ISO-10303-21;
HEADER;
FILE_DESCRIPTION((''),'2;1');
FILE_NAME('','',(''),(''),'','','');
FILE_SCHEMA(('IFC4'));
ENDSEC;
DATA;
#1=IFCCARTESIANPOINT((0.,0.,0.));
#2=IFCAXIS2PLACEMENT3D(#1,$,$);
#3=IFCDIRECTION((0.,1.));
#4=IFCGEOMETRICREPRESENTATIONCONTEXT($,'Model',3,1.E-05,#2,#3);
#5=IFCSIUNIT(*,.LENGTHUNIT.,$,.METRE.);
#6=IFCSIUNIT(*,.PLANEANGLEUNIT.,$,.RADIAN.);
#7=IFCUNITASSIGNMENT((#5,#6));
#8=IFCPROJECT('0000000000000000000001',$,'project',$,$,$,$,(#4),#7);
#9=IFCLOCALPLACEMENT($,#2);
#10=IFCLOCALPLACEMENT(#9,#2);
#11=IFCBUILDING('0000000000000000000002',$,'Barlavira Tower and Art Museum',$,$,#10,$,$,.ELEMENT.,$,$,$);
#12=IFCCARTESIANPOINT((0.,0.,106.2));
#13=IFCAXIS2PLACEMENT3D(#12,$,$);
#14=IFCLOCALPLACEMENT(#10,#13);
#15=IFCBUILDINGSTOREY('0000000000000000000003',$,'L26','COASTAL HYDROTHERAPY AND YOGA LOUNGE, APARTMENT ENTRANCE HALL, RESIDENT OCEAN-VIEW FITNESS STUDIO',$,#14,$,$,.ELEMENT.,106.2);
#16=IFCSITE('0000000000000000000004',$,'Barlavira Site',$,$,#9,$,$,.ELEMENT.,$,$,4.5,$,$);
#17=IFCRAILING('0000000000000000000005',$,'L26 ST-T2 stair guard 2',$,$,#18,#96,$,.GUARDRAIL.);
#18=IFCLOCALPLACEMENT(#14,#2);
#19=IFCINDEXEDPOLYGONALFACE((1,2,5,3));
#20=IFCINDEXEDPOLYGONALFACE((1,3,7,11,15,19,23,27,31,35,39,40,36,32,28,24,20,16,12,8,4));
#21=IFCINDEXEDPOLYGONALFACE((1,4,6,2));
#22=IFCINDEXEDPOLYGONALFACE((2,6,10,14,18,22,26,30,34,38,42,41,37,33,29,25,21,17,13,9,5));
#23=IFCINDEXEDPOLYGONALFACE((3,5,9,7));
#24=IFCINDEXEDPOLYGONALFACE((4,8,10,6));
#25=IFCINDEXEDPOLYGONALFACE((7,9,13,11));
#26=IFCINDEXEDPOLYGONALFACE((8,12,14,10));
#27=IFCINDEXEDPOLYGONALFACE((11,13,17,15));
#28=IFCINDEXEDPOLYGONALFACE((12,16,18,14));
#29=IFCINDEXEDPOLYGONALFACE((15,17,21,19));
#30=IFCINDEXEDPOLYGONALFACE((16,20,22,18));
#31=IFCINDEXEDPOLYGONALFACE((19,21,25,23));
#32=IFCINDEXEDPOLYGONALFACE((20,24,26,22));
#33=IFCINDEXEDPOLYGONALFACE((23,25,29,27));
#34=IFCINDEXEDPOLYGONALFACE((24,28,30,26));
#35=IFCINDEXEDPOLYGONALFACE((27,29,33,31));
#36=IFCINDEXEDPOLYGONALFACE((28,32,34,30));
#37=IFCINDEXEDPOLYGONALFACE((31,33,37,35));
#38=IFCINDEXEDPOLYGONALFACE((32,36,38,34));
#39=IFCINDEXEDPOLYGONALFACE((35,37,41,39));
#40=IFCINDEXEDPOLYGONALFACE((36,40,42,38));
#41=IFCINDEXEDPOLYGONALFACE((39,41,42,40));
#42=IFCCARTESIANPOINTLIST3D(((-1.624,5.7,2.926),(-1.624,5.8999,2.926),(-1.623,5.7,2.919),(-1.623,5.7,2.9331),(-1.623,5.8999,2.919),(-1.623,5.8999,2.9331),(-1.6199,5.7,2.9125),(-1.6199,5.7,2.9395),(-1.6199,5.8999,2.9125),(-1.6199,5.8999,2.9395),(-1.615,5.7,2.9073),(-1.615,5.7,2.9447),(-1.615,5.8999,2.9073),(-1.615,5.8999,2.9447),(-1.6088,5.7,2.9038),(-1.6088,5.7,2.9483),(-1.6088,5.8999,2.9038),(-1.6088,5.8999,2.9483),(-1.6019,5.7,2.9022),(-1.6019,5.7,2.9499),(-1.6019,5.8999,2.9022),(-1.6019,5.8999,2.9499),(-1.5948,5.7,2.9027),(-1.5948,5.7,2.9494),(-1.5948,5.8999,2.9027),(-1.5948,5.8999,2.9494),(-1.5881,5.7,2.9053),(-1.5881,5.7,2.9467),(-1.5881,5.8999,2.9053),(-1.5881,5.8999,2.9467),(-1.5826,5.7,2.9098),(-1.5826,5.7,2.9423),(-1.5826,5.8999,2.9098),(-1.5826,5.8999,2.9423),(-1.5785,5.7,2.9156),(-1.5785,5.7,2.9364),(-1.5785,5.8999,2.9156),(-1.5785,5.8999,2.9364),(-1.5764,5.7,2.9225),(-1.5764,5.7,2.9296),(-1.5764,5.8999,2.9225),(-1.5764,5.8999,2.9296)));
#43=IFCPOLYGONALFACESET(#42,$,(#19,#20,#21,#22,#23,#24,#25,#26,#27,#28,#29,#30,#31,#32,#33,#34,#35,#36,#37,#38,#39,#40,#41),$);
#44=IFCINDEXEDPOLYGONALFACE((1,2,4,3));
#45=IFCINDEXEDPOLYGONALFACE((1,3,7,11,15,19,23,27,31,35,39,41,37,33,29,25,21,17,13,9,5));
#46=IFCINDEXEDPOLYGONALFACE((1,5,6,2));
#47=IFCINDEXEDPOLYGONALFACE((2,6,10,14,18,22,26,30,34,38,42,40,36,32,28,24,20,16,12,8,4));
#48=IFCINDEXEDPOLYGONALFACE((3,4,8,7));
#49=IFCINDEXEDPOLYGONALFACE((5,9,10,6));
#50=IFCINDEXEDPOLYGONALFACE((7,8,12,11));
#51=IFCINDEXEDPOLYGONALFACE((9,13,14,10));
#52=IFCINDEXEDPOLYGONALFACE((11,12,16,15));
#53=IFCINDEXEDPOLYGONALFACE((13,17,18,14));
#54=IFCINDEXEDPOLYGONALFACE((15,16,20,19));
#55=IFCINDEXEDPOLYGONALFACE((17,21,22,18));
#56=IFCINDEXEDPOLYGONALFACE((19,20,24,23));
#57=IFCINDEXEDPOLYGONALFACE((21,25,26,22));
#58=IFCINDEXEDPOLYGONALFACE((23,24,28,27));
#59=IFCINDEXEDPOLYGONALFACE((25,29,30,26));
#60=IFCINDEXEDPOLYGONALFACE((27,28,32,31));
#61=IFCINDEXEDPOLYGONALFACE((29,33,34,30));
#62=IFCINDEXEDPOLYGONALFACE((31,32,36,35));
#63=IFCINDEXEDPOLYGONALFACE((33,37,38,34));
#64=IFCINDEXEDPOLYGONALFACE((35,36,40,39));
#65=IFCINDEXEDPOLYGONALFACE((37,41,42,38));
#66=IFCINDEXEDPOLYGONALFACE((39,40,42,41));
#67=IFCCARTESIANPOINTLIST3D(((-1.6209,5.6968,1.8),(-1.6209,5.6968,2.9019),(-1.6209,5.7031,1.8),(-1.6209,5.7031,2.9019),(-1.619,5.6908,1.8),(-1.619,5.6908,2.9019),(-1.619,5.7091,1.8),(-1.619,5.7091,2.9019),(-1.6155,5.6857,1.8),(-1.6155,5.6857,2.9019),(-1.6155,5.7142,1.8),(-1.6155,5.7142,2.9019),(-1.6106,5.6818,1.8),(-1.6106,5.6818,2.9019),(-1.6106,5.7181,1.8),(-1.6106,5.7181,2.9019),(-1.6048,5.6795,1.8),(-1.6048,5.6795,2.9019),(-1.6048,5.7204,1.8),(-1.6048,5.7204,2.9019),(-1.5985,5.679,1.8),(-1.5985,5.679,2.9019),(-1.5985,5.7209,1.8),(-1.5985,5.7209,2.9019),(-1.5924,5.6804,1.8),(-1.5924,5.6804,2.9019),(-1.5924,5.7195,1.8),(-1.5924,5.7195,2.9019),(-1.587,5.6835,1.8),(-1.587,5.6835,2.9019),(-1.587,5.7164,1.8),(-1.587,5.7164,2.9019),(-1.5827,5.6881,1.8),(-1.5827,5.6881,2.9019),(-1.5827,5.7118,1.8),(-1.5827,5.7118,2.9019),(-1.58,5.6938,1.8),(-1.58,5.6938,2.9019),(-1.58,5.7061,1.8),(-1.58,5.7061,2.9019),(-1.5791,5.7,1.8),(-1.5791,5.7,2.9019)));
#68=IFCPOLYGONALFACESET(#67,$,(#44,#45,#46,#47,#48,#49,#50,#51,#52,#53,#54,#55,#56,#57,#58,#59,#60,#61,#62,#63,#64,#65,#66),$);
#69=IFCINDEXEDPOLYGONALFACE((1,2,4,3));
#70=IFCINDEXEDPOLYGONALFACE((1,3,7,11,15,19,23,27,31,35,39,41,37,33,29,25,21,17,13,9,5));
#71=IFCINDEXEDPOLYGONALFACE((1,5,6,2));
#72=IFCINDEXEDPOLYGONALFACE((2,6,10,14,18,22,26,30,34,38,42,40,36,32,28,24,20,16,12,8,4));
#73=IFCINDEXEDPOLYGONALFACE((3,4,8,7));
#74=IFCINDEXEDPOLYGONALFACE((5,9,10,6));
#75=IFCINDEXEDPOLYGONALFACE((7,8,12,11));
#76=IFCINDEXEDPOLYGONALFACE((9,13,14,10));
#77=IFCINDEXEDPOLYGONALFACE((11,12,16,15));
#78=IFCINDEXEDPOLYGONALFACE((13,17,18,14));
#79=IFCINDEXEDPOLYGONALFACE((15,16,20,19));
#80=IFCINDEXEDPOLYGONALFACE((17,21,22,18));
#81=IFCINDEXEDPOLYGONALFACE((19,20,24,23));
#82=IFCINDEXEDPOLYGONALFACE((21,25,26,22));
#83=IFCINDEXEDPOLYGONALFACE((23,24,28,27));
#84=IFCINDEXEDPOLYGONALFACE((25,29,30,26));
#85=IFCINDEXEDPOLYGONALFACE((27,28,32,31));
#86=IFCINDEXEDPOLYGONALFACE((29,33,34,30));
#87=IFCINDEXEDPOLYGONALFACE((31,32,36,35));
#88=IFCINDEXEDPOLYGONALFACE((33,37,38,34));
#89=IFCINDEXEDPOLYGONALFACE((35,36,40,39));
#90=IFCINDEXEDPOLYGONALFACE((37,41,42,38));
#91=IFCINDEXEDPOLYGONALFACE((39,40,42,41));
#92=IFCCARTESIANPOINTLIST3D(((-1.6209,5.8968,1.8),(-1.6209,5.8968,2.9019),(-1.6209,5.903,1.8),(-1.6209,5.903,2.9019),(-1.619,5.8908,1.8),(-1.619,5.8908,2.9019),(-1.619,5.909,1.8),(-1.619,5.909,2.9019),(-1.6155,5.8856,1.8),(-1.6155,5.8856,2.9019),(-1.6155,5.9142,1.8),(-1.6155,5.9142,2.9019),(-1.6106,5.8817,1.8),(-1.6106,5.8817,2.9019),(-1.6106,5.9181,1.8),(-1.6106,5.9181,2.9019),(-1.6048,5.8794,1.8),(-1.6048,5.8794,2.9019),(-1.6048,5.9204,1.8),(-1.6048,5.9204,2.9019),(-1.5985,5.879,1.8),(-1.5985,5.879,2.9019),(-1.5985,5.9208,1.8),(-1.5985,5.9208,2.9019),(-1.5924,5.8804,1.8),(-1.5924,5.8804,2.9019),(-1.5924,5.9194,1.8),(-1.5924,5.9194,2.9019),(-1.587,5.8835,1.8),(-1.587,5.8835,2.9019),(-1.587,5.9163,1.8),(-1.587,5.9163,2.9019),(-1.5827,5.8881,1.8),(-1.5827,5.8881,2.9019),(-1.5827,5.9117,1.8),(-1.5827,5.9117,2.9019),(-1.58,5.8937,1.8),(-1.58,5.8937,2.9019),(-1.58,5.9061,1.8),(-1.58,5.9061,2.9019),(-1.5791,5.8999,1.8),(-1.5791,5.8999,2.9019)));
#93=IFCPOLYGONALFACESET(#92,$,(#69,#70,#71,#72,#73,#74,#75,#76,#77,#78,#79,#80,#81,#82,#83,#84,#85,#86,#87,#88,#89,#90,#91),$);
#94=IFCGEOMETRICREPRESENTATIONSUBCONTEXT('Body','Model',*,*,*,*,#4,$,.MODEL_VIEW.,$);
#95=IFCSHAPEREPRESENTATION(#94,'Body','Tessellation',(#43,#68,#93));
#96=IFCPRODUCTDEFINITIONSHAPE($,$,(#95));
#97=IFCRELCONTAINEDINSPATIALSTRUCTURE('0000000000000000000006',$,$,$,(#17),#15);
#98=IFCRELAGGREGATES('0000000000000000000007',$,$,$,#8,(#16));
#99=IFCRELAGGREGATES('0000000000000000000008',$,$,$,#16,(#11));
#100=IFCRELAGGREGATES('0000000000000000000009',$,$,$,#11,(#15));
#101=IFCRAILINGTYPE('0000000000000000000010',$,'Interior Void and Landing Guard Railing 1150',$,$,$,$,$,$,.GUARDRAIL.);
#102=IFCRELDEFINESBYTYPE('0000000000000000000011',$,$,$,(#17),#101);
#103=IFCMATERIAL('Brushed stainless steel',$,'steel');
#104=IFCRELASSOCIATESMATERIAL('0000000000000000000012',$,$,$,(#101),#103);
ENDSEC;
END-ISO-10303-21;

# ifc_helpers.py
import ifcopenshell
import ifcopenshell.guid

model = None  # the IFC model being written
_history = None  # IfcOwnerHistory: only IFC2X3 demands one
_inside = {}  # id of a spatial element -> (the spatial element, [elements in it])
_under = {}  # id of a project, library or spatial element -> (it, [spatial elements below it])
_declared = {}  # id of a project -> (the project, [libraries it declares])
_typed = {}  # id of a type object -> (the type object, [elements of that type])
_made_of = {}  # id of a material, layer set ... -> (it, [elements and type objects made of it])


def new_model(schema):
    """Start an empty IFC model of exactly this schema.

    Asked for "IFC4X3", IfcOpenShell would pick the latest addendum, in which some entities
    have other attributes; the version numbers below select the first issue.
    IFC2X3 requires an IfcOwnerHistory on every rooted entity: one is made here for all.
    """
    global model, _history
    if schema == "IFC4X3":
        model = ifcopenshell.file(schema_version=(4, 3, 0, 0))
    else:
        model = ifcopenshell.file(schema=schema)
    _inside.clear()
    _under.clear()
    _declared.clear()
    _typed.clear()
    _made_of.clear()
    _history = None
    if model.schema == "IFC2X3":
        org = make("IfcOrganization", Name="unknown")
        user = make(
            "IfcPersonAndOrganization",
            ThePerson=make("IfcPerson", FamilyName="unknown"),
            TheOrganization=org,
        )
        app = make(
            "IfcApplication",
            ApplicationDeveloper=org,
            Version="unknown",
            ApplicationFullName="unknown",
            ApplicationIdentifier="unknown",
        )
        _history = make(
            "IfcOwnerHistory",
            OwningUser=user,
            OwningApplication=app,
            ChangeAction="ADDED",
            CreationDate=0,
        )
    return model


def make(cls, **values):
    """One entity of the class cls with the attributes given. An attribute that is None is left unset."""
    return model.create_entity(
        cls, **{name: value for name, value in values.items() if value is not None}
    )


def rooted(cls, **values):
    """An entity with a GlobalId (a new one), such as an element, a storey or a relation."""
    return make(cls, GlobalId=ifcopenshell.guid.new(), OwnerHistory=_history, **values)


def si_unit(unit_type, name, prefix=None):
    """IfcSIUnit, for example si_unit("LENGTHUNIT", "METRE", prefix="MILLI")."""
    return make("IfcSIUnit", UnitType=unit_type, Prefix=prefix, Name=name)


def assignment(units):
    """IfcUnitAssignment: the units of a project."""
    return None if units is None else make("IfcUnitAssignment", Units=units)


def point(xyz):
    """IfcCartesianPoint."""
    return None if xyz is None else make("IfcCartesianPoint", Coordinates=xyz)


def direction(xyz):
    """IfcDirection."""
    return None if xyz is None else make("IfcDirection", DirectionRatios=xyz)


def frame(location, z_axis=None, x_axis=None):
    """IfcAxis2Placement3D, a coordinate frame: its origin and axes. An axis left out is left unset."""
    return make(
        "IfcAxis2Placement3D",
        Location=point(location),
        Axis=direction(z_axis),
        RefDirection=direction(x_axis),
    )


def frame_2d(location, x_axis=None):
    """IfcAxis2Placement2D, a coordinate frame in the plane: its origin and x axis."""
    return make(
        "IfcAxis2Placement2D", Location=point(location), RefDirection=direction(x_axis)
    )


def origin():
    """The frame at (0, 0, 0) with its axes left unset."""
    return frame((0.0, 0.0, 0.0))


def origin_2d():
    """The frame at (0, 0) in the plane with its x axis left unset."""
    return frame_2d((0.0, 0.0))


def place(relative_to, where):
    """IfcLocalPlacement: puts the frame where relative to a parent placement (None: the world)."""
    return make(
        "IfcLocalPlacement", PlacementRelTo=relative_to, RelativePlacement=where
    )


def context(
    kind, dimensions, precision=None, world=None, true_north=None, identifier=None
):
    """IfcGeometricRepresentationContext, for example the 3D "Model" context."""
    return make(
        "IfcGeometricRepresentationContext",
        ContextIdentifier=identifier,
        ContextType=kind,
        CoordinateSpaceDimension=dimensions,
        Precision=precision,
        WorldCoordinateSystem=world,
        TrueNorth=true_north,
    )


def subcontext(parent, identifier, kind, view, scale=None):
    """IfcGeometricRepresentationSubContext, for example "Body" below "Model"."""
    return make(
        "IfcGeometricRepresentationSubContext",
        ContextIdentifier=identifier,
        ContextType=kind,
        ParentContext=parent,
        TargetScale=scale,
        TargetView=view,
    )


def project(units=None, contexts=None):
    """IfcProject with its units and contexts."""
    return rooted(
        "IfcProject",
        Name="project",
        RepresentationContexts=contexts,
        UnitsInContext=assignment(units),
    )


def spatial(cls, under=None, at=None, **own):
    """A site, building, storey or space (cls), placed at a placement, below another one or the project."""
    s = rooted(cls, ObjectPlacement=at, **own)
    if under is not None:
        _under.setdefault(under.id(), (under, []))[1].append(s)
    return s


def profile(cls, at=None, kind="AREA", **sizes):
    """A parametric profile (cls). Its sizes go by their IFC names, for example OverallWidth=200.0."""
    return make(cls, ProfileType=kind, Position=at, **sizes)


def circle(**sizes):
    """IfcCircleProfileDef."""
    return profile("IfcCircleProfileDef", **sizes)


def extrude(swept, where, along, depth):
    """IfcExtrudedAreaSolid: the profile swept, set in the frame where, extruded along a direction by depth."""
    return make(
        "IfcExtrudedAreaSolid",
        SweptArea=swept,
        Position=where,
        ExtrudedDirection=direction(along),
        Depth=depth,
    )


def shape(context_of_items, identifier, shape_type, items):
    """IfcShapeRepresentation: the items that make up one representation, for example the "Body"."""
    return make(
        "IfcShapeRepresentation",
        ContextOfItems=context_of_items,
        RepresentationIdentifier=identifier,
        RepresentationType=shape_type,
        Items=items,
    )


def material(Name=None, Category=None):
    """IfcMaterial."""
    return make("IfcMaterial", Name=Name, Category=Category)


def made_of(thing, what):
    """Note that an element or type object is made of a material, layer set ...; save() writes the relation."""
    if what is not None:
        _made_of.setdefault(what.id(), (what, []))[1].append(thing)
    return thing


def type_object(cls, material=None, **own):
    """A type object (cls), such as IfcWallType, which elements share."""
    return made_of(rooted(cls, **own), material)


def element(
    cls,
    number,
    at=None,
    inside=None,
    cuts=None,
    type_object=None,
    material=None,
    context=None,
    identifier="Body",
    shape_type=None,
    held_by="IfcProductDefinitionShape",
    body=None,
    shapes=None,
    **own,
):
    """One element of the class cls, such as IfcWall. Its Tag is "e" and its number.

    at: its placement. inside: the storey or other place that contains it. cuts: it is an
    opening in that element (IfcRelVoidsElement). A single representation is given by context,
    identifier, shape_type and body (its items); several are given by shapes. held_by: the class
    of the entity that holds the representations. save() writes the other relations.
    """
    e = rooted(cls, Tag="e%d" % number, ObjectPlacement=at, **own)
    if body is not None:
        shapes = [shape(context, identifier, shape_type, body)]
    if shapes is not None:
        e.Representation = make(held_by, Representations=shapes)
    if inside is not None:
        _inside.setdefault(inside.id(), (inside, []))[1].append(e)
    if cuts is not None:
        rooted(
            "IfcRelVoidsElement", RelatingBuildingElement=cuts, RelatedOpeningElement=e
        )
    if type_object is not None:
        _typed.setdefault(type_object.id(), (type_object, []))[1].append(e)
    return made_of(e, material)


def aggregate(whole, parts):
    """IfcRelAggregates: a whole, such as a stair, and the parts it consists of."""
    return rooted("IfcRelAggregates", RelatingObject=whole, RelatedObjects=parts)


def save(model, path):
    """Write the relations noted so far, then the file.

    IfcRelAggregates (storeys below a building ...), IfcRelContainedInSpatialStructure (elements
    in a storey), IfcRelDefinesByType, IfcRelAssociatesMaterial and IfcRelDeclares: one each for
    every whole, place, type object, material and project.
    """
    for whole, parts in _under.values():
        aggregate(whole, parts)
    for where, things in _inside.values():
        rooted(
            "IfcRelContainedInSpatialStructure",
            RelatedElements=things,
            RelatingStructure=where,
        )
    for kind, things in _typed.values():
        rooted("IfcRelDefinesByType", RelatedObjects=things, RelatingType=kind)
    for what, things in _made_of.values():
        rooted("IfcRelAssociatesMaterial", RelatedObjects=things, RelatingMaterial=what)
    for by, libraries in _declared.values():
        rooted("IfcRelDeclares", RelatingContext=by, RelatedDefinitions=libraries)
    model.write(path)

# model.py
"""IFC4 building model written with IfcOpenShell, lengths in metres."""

from ifc_helpers import new_model, si_unit, direction, frame, origin, origin_2d, place, context, subcontext, project, spatial, circle, extrude, material, type_object, element, save


model = new_model("IFC4")

# Units and contexts
model_context = context("Model", 3, precision=1e-05, world=origin(), true_north=direction((0.0, 1.0)))
body_context = subcontext(model_context, "Body", "Model", "MODEL_VIEW")
ifc_project = project(units=[si_unit("LENGTHUNIT", "METRE"), si_unit("PLANEANGLEUNIT", "RADIAN")], contexts=[model_context])

# Site, building, storey
site_placement = place(None, origin())
site = spatial("IfcSite", under=ifc_project, at=site_placement, Name="Barlavira Site", CompositionType="ELEMENT", RefElevation=4.5)
building_placement = place(site_placement, origin())
building = spatial("IfcBuilding", under=site, at=building_placement, Name="Barlavira Tower and Art Museum", CompositionType="ELEMENT")
storey_placement = place(building_placement, frame((0.0, 0.0, 106.2)))
storey = spatial("IfcBuildingStorey", under=building, at=storey_placement, Name="L26", Description="COASTAL HYDROTHERAPY AND YOGA LOUNGE, APARTMENT ENTRANCE HALL, RESIDENT OCEAN-VIEW FITNESS STUDIO", CompositionType="ELEMENT", Elevation=106.2)

# Shared definitions
ifc_material_1 = material(Name="Brushed stainless steel", Category="steel")

# Railing
railing_type_1 = type_object("IfcRailingType", Name="Interior Void and Landing Guard Railing 1150", PredefinedType="GUARDRAIL", material=ifc_material_1)
railing_1_placement = place(storey_placement, frame((-1.6001, 5.7, 1.8)))
element("IfcRailing", 1, at=railing_1_placement, inside=storey, type_object=railing_type_1, Name="L26 ST-T2 stair guard 2", PredefinedType="GUARDRAIL", context=body_context, shape_type="SweptSolid", body=[
    extrude(circle(Radius=0.0239, at=origin_2d()), frame((0.0, 0.0, 1.126), z_axis=(0.0, 1.0, 0.0), x_axis=(-1.0, 0.0, 0.0)), (0.0, 0.0, 1.0), 0.2),
    extrude(circle(Radius=0.021, at=origin_2d()), origin(), (0.0, 0.0, 1.0), 1.1018),
    extrude(circle(Radius=0.021, at=origin_2d()), frame((0.0, 0.2, 0.0)), (0.0, 0.0, 1.0), 1.1018),
])

save(model, "model.ifc")
